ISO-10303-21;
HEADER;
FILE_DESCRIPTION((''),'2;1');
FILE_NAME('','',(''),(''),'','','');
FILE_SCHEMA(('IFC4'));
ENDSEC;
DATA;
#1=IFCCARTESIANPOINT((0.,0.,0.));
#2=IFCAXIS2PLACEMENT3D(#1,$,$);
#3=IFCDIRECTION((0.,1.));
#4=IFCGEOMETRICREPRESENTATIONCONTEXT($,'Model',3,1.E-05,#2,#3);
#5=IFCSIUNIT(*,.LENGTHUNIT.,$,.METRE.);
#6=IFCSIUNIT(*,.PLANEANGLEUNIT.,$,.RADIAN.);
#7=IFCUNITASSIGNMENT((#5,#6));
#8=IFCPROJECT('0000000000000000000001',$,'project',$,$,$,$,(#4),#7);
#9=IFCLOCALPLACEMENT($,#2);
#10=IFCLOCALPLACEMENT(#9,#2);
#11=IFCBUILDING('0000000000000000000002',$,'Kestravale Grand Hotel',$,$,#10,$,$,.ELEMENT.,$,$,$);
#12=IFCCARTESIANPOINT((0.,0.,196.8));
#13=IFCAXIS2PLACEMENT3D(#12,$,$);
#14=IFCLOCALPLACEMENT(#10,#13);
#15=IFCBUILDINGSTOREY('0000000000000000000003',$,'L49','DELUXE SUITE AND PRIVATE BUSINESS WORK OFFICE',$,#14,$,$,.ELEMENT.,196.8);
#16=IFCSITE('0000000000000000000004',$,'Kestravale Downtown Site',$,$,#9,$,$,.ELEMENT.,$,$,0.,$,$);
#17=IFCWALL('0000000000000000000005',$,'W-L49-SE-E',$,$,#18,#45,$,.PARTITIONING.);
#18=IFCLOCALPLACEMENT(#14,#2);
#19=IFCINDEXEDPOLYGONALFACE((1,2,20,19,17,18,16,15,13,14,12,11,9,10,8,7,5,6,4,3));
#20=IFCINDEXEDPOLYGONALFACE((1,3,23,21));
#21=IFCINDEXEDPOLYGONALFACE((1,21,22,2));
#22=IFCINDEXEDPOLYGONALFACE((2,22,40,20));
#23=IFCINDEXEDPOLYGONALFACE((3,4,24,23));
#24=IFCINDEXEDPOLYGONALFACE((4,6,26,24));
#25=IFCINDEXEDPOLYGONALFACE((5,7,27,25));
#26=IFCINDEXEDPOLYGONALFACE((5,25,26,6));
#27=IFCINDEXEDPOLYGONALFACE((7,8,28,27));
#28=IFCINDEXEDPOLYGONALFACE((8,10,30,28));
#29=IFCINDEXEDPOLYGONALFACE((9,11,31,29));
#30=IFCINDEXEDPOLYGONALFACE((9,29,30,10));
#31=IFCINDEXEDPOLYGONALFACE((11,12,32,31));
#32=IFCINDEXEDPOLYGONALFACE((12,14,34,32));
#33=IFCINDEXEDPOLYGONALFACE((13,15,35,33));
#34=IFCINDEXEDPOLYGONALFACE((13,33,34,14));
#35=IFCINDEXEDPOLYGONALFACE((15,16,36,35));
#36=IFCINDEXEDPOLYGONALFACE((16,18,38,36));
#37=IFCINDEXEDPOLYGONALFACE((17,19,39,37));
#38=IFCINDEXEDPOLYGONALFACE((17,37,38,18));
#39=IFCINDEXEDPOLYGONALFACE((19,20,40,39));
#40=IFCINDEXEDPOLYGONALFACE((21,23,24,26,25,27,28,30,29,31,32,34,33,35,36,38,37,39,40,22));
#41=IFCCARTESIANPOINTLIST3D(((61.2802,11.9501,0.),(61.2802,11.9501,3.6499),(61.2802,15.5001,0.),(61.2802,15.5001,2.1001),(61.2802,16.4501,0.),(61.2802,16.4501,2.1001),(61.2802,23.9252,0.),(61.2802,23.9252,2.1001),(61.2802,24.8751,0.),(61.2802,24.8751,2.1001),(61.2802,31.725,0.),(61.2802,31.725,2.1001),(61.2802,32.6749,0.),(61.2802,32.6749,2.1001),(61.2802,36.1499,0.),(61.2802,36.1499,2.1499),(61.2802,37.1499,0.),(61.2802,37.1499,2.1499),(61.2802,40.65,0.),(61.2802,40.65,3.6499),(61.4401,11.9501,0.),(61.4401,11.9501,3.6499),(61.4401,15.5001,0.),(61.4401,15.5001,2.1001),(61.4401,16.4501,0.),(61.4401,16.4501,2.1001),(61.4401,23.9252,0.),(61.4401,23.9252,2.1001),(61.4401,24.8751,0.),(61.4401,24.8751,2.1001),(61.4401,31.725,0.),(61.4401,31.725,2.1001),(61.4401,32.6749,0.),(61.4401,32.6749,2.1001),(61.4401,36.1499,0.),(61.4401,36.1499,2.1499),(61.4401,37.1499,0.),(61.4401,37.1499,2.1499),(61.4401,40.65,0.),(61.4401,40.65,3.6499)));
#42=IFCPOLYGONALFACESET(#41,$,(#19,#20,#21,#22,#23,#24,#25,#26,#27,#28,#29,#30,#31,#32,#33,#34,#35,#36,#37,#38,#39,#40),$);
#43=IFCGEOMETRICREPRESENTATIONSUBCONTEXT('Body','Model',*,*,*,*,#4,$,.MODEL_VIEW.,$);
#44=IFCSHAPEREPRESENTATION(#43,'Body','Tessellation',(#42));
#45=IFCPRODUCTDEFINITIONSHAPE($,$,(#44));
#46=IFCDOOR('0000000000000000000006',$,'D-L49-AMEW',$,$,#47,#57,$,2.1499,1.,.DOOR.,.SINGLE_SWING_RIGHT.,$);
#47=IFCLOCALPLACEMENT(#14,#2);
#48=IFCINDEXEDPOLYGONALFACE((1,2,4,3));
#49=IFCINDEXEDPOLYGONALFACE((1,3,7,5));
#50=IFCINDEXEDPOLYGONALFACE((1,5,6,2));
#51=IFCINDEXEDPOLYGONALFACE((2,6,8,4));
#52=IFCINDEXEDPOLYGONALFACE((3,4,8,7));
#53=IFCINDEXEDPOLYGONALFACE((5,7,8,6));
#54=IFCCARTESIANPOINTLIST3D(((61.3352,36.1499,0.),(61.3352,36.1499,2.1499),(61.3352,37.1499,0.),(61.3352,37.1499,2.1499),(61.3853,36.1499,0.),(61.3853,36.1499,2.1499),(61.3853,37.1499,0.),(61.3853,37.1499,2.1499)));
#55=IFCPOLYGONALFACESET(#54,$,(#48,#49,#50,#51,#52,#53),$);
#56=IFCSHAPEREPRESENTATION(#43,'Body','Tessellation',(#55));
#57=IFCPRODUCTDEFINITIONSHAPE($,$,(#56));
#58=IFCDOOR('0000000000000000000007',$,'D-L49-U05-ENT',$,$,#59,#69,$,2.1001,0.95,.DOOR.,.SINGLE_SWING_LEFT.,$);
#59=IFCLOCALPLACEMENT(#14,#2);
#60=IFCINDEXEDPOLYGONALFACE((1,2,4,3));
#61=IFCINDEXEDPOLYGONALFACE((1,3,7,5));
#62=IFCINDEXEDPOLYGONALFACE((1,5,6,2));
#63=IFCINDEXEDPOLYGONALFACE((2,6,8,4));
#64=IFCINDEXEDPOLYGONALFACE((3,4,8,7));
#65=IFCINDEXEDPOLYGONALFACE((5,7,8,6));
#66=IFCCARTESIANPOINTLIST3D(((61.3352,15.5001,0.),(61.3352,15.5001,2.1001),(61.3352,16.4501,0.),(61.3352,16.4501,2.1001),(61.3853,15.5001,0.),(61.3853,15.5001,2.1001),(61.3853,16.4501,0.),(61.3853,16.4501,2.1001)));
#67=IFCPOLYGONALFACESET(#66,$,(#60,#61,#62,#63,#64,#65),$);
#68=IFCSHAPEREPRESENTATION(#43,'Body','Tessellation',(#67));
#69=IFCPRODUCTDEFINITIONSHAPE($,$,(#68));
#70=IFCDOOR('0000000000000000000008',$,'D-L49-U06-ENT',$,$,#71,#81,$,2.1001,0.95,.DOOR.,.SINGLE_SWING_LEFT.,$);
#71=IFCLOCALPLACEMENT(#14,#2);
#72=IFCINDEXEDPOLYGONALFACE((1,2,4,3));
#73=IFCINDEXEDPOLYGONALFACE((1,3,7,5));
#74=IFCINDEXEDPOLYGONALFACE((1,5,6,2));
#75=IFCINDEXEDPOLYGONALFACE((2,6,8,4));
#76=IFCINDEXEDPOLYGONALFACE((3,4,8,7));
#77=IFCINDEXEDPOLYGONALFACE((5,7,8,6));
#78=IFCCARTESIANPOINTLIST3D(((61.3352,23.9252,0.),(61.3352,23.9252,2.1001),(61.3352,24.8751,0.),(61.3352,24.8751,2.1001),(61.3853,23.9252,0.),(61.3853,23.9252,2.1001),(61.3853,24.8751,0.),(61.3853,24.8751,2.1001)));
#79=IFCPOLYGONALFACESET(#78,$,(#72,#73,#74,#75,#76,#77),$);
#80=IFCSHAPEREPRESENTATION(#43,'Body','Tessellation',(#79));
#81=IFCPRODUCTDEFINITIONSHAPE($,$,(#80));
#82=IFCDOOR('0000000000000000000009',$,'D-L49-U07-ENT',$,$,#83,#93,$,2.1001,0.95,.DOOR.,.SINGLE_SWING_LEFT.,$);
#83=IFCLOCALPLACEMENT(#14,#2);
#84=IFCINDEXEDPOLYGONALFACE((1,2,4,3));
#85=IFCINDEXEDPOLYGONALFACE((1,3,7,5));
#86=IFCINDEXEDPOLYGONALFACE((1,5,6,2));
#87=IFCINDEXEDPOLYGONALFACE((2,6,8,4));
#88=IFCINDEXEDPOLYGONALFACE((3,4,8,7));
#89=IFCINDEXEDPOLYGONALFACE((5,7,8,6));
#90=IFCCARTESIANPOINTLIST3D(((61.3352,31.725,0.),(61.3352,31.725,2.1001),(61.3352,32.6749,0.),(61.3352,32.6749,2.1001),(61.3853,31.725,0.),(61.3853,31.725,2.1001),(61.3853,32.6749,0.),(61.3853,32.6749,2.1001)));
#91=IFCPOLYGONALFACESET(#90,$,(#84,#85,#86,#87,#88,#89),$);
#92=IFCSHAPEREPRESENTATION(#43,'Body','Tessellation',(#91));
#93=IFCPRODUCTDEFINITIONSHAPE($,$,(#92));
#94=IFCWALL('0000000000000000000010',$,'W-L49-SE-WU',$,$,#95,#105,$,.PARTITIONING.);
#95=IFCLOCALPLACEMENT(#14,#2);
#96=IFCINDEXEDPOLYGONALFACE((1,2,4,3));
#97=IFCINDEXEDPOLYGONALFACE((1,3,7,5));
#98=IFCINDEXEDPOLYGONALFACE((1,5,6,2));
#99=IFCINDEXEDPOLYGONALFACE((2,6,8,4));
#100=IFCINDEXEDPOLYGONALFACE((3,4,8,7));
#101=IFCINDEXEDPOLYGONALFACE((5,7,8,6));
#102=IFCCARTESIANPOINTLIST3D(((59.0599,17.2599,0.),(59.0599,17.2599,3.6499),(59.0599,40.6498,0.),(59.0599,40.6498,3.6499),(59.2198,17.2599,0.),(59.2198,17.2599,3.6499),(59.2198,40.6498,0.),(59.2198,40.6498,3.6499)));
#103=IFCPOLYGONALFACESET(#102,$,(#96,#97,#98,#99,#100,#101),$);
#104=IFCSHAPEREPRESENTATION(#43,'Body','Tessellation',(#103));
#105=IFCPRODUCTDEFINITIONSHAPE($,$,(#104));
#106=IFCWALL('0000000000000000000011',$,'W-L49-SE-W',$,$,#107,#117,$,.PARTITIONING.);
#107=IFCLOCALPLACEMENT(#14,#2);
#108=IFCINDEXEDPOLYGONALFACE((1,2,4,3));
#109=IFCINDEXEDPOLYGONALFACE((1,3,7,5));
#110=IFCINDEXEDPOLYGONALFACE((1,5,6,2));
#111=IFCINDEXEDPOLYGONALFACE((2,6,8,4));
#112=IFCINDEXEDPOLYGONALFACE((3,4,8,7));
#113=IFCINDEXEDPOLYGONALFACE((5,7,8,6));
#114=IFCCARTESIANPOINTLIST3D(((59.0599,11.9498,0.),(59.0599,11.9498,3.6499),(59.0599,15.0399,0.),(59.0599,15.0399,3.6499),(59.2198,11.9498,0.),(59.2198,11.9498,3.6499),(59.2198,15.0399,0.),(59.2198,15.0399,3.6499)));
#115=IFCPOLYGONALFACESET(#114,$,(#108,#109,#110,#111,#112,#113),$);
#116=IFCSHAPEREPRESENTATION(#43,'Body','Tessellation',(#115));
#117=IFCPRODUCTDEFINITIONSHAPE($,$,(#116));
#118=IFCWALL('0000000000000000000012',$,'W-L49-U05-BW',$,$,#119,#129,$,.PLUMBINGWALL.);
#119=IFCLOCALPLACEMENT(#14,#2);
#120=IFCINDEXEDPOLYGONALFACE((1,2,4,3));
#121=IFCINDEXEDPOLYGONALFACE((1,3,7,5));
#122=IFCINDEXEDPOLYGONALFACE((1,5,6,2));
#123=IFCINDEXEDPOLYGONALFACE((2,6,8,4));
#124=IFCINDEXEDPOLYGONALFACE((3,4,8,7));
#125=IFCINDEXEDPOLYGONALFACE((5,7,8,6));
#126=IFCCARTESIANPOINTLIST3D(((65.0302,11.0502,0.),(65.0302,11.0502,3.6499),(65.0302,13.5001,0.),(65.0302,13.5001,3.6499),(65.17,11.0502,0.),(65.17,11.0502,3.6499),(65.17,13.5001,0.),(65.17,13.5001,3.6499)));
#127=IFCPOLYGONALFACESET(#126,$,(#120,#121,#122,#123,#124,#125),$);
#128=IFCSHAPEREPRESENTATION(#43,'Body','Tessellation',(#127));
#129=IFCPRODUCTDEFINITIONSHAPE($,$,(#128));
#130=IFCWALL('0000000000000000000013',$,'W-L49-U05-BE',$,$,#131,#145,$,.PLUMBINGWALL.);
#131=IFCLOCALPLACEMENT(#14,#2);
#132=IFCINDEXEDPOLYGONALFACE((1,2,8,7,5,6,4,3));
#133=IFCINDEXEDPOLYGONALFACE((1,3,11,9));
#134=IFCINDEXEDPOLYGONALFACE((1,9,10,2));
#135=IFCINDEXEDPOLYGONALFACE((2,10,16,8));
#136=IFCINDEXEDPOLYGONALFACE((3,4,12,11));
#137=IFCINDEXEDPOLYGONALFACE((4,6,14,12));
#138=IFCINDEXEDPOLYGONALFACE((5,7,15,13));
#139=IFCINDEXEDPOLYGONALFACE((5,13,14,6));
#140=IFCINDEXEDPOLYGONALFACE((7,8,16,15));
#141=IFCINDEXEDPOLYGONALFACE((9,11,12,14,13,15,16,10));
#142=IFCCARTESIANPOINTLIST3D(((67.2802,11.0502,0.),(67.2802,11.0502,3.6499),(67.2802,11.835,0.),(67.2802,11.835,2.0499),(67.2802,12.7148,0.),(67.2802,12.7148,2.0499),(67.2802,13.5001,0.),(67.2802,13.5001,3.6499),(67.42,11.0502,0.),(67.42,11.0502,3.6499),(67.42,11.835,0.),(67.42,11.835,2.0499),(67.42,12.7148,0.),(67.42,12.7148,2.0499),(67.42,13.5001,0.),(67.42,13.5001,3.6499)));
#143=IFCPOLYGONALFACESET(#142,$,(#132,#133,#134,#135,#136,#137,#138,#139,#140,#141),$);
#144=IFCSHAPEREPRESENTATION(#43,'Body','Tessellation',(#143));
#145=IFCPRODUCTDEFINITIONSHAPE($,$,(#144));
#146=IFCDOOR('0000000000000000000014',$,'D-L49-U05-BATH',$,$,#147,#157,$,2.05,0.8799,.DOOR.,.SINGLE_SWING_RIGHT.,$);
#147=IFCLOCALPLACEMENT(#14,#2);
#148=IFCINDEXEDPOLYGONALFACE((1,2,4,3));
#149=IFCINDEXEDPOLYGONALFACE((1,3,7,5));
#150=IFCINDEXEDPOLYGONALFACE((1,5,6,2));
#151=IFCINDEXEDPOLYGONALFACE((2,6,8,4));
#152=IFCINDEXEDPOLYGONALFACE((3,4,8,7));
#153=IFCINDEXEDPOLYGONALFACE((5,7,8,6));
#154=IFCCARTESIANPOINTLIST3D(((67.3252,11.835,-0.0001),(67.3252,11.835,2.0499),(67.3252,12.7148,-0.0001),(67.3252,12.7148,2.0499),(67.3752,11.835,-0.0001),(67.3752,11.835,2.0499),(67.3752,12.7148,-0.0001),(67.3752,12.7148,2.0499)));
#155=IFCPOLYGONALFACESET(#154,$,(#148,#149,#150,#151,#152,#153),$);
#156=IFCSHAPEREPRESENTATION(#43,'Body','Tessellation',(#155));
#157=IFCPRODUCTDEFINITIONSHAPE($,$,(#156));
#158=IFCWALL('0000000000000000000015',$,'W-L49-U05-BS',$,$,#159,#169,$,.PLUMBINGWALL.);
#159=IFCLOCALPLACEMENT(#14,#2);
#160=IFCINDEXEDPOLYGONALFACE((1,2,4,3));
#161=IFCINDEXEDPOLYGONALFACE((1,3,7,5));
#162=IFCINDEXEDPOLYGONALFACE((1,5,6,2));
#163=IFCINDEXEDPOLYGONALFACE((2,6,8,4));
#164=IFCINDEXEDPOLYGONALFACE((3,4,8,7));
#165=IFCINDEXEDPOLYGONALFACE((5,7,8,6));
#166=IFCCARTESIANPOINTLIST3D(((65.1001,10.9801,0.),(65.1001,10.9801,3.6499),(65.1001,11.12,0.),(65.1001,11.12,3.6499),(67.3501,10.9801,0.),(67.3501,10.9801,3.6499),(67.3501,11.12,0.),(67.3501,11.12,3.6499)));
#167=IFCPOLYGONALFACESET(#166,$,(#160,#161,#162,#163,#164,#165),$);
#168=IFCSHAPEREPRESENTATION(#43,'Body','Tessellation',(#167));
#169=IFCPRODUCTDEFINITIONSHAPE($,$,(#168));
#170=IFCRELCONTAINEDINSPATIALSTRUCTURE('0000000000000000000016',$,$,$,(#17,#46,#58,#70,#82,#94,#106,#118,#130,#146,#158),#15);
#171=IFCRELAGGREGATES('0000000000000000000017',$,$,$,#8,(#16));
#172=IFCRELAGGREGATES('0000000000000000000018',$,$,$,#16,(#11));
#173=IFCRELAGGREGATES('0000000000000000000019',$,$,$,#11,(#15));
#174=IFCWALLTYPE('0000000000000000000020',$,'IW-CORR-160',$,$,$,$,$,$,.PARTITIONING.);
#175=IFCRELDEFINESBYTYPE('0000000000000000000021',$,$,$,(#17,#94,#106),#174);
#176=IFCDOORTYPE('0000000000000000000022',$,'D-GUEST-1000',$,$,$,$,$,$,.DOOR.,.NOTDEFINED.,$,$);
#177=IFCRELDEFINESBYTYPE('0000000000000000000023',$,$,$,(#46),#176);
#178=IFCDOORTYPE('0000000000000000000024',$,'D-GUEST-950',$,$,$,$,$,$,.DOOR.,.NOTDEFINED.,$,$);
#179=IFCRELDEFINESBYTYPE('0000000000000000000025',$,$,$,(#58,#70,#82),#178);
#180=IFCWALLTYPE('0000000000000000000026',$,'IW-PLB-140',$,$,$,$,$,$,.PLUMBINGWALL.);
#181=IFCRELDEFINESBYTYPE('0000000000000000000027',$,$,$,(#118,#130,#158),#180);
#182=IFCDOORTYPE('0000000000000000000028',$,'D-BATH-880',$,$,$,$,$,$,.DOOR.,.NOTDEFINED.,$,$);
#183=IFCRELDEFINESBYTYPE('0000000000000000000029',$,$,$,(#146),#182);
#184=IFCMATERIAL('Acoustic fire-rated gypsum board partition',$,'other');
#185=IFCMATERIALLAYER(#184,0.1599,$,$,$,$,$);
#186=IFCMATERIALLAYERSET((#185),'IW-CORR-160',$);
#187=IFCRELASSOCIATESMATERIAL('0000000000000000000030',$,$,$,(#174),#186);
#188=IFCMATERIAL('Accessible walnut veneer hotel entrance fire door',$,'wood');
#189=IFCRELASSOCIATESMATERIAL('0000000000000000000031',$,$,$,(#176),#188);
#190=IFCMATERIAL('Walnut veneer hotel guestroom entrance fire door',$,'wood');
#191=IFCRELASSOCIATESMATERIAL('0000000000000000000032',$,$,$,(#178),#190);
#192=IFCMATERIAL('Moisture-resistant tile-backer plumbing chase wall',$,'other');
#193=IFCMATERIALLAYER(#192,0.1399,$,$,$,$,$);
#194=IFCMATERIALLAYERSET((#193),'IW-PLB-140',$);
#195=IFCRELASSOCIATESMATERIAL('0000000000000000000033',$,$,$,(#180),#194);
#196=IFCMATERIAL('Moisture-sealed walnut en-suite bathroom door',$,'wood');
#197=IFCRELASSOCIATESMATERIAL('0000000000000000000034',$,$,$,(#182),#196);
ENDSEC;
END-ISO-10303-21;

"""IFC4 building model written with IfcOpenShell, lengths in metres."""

from ifc_helpers import new_model, si_unit, direction, frame, frame_2d, origin, place, context, subcontext, project, spatial, rectangle, extrude, material, layer, layer_set, type_object, element, fill, save


model = new_model("IFC4")

# Units and contexts
model_context = context("Model", 3, precision=1e-05, world=origin(), true_north=direction((0.0, 1.0)))
body_context = subcontext(model_context, "Body", "Model", "MODEL_VIEW")
ifc_project = project(units=[si_unit("LENGTHUNIT", "METRE"), si_unit("PLANEANGLEUNIT", "RADIAN")], contexts=[model_context])

# Site, building, storey
site_placement = place(None, origin())
site = spatial("IfcSite", under=ifc_project, at=site_placement, Name="Kestravale Downtown Site", CompositionType="ELEMENT", RefElevation=0.0)
building_placement = place(site_placement, origin())
building = spatial("IfcBuilding", under=site, at=building_placement, Name="Kestravale Grand Hotel", CompositionType="ELEMENT")
storey_placement = place(building_placement, frame((0.0, 0.0, 196.8)))
storey = spatial("IfcBuildingStorey", under=building, at=storey_placement, Name="L49", Description="DELUXE SUITE AND PRIVATE BUSINESS WORK OFFICE", CompositionType="ELEMENT", Elevation=196.8)

# Wall, openings, doors
ifc_material_1 = material(Name="Acoustic fire-rated gypsum board partition", Category="other")
ifc_layer_1 = layer(ifc_material_1, 0.1599)
ifc_layer_set_1 = layer_set([ifc_layer_1], Name="IW-CORR-160")
wall_type_1 = type_object("IfcWallType", Name="IW-CORR-160", PredefinedType="PARTITIONING", material=ifc_layer_set_1)
wall_1_placement = place(storey_placement, frame((61.3601, 11.95, 0.0), z_axis=(0.0, 0.0, 1.0), x_axis=(0.0, 1.0, 0.0)))
wall_1 = element("IfcWall", 1, at=wall_1_placement, inside=storey, type_object=wall_type_1, Name="W-L49-SE-E", PredefinedType="PARTITIONING", context=body_context, shape_type="SweptSolid", body=[
    extrude(rectangle(XDim=28.7, YDim=0.1599, at=frame_2d((14.3501, 0.0))), origin(), (0.0, 0.0, 1.0), 3.6499),
])
opening_1_placement = place(wall_1_placement, frame((3.55, 0.0, 0.0)))
opening_1 = element("IfcOpeningElement", 2, at=opening_1_placement, cuts=wall_1, PredefinedType="OPENING", context=body_context, shape_type="SweptSolid", body=[
    extrude(rectangle(XDim=0.95, YDim=2.1001, at=frame_2d((0.4751, 1.05))), frame((0.0, 0.0898, 0.0), z_axis=(0.0, -1.0, 0.0), x_axis=(1.0, 0.0, 0.0)), (0.0, 0.0, 1.0), 0.1799),
])
opening_2_placement = place(wall_1_placement, frame((11.9751, 0.0, 0.0)))
opening_2 = element("IfcOpeningElement", 3, at=opening_2_placement, cuts=wall_1, PredefinedType="OPENING", context=body_context, shape_type="SweptSolid", body=[
    extrude(rectangle(XDim=0.95, YDim=2.1001, at=frame_2d((0.4751, 1.05))), frame((0.0, 0.0898, 0.0), z_axis=(0.0, -1.0, 0.0), x_axis=(1.0, 0.0, 0.0)), (0.0, 0.0, 1.0), 0.1799),
])
opening_3_placement = place(wall_1_placement, frame((19.7749, 0.0, 0.0)))
opening_3 = element("IfcOpeningElement", 4, at=opening_3_placement, cuts=wall_1, PredefinedType="OPENING", context=body_context, shape_type="SweptSolid", body=[
    extrude(rectangle(XDim=0.95, YDim=2.1001, at=frame_2d((0.4751, 1.05))), frame((0.0, 0.0898, 0.0), z_axis=(0.0, -1.0, 0.0), x_axis=(1.0, 0.0, 0.0)), (0.0, 0.0, 1.0), 0.1799),
])
opening_4_placement = place(wall_1_placement, frame((24.2, 0.0, 0.0)))
opening_4 = element("IfcOpeningElement", 5, at=opening_4_placement, cuts=wall_1, PredefinedType="OPENING", context=body_context, shape_type="SweptSolid", body=[
    extrude(rectangle(XDim=1.0, YDim=2.1499, at=frame_2d((0.5, 1.075))), frame((0.0, 0.0898, 0.0), z_axis=(0.0, -1.0, 0.0), x_axis=(1.0, 0.0, 0.0)), (0.0, 0.0, 1.0), 0.1799),
])
ifc_material_2 = material(Name="Accessible walnut veneer hotel entrance fire door", Category="wood")
door_type_1 = type_object("IfcDoorType", Name="D-GUEST-1000", OperationType="NOTDEFINED", PredefinedType="DOOR", material=ifc_material_2)
door_1_placement = place(opening_4_placement, origin())
door_1 = element("IfcDoor", 6, at=door_1_placement, inside=storey, type_object=door_type_1, Name="D-L49-AMEW", OperationType="SINGLE_SWING_RIGHT", OverallHeight=2.1499, OverallWidth=1.0, PredefinedType="DOOR", context=body_context, shape_type="SweptSolid", body=[
    extrude(rectangle(XDim=1.0, YDim=2.1499, at=frame_2d((0.5, 1.075))), frame((0.0, 0.0249, 0.0), z_axis=(0.0, -1.0, 0.0), x_axis=(1.0, 0.0, 0.0)), (0.0, 0.0, 1.0), 0.05),
])
fill(opening_4, door_1)
ifc_material_3 = material(Name="Walnut veneer hotel guestroom entrance fire door", Category="wood")
door_type_2 = type_object("IfcDoorType", Name="D-GUEST-950", OperationType="NOTDEFINED", PredefinedType="DOOR", material=ifc_material_3)
door_2_placement = place(opening_1_placement, origin())
door_2 = element("IfcDoor", 7, at=door_2_placement, inside=storey, type_object=door_type_2, Name="D-L49-U05-ENT", OperationType="SINGLE_SWING_LEFT", OverallHeight=2.1001, OverallWidth=0.95, PredefinedType="DOOR", context=body_context, shape_type="SweptSolid", body=[
    extrude(rectangle(XDim=0.95, YDim=2.1001, at=frame_2d((0.4751, 1.05))), frame((0.0, 0.0249, 0.0), z_axis=(0.0, -1.0, 0.0), x_axis=(1.0, 0.0, 0.0)), (0.0, 0.0, 1.0), 0.05),
])
fill(opening_1, door_2)
door_3_placement = place(opening_2_placement, origin())
door_3 = element("IfcDoor", 8, at=door_3_placement, inside=storey, type_object=door_type_2, Name="D-L49-U06-ENT", OperationType="SINGLE_SWING_LEFT", OverallHeight=2.1001, OverallWidth=0.95, PredefinedType="DOOR", context=body_context, shape_type="SweptSolid", body=[
    extrude(rectangle(XDim=0.95, YDim=2.1001, at=frame_2d((0.4751, 1.05))), frame((0.0, 0.0249, 0.0), z_axis=(0.0, -1.0, 0.0), x_axis=(1.0, 0.0, 0.0)), (0.0, 0.0, 1.0), 0.05),
])
fill(opening_2, door_3)
door_4_placement = place(opening_3_placement, origin())
door_4 = element("IfcDoor", 9, at=door_4_placement, inside=storey, type_object=door_type_2, Name="D-L49-U07-ENT", OperationType="SINGLE_SWING_LEFT", OverallHeight=2.1001, OverallWidth=0.95, PredefinedType="DOOR", context=body_context, shape_type="SweptSolid", body=[
    extrude(rectangle(XDim=0.95, YDim=2.1001, at=frame_2d((0.4751, 1.05))), frame((0.0, 0.0249, 0.0), z_axis=(0.0, -1.0, 0.0), x_axis=(1.0, 0.0, 0.0)), (0.0, 0.0, 1.0), 0.05),
])
fill(opening_3, door_4)

# Walls
wall_2_placement = place(storey_placement, frame((59.1399, 17.26, 0.0), z_axis=(0.0, 0.0, 1.0), x_axis=(0.0, 1.0, 0.0)))
element("IfcWall", 10, at=wall_2_placement, inside=storey, type_object=wall_type_1, Name="W-L49-SE-WU", PredefinedType="PARTITIONING", context=body_context, shape_type="SweptSolid", body=[
    extrude(rectangle(XDim=23.3899, YDim=0.1599, at=frame_2d((11.6948, 0.0))), origin(), (0.0, 0.0, 1.0), 3.6499),
])
wall_3_placement = place(storey_placement, frame((59.1399, 11.95, 0.0), z_axis=(0.0, 0.0, 1.0), x_axis=(0.0, 1.0, 0.0)))
element("IfcWall", 11, at=wall_3_placement, inside=storey, type_object=wall_type_1, Name="W-L49-SE-W", PredefinedType="PARTITIONING", context=body_context, shape_type="SweptSolid", body=[
    extrude(rectangle(XDim=3.0901, YDim=0.1599, at=frame_2d((1.5449, 0.0))), origin(), (0.0, 0.0, 1.0), 3.6499),
])
ifc_material_4 = material(Name="Moisture-resistant tile-backer plumbing chase wall", Category="other")
ifc_layer_2 = layer(ifc_material_4, 0.1399)
ifc_layer_set_2 = layer_set([ifc_layer_2], Name="IW-PLB-140")
wall_type_2 = type_object("IfcWallType", Name="IW-PLB-140", PredefinedType="PLUMBINGWALL", material=ifc_layer_set_2)
wall_4_placement = place(storey_placement, frame((65.1001, 11.05, 0.0), z_axis=(0.0, 0.0, 1.0), x_axis=(0.0, 1.0, 0.0)))
element("IfcWall", 12, at=wall_4_placement, inside=storey, type_object=wall_type_2, Name="W-L49-U05-BW", PredefinedType="PLUMBINGWALL", context=body_context, shape_type="SweptSolid", body=[
    extrude(rectangle(XDim=2.45, YDim=0.1399, at=frame_2d((1.2251, 0.0))), origin(), (0.0, 0.0, 1.0), 3.6499),
])

# Wall, opening, door
wall_5_placement = place(storey_placement, frame((67.3501, 11.05, 0.0), z_axis=(0.0, 0.0, 1.0), x_axis=(0.0, 1.0, 0.0)))
wall_5 = element("IfcWall", 13, at=wall_5_placement, inside=storey, type_object=wall_type_2, Name="W-L49-U05-BE", PredefinedType="PLUMBINGWALL", context=body_context, shape_type="SweptSolid", body=[
    extrude(rectangle(XDim=2.45, YDim=0.1399, at=frame_2d((1.2251, 0.0))), origin(), (0.0, 0.0, 1.0), 3.6499),
])
opening_5_placement = place(wall_5_placement, frame((0.7849, 0.0, 0.0)))
opening_5 = element("IfcOpeningElement", 14, at=opening_5_placement, cuts=wall_5, PredefinedType="OPENING", context=body_context, shape_type="SweptSolid", body=[
    extrude(rectangle(XDim=0.8799, YDim=2.05, at=frame_2d((0.4399, 1.0249))), frame((0.0, 0.0798, 0.0), z_axis=(0.0, -1.0, 0.0), x_axis=(1.0, 0.0, 0.0)), (0.0, 0.0, 1.0), 0.1599),
])
ifc_material_5 = material(Name="Moisture-sealed walnut en-suite bathroom door", Category="wood")
door_type_3 = type_object("IfcDoorType", Name="D-BATH-880", OperationType="NOTDEFINED", PredefinedType="DOOR", material=ifc_material_5)
door_5_placement = place(opening_5_placement, origin())
door_5 = element("IfcDoor", 15, at=door_5_placement, inside=storey, type_object=door_type_3, Name="D-L49-U05-BATH", OperationType="SINGLE_SWING_RIGHT", OverallHeight=2.05, OverallWidth=0.8799, PredefinedType="DOOR", context=body_context, shape_type="SweptSolid", body=[
    extrude(rectangle(XDim=0.8799, YDim=2.05, at=frame_2d((0.4399, 1.0249))), frame((0.0, 0.0249, 0.0), z_axis=(0.0, -1.0, 0.0), x_axis=(1.0, 0.0, 0.0)), (0.0, 0.0, 1.0), 0.05),
])
fill(opening_5, door_5)

# Wall
for number, where, z_axis, x_axis, name in (
    (16, (65.1001, 11.05, 0.0), (0.0, 0.0, 1.0), (1.0, 0.0, 0.0), "W-L49-U05-BS"),
):
    element("IfcWall", number, at=place(storey_placement, frame(where, z_axis=z_axis, x_axis=x_axis)), inside=storey, type_object=wall_type_2, Name=name, PredefinedType="PLUMBINGWALL", context=body_context, shape_type="SweptSolid", body=[
        extrude(rectangle(XDim=2.25, YDim=0.1399, at=frame_2d((1.125, 0.0))), origin(), (0.0, 0.0, 1.0), 3.6499),
    ])

save(model, "model.ifc")
